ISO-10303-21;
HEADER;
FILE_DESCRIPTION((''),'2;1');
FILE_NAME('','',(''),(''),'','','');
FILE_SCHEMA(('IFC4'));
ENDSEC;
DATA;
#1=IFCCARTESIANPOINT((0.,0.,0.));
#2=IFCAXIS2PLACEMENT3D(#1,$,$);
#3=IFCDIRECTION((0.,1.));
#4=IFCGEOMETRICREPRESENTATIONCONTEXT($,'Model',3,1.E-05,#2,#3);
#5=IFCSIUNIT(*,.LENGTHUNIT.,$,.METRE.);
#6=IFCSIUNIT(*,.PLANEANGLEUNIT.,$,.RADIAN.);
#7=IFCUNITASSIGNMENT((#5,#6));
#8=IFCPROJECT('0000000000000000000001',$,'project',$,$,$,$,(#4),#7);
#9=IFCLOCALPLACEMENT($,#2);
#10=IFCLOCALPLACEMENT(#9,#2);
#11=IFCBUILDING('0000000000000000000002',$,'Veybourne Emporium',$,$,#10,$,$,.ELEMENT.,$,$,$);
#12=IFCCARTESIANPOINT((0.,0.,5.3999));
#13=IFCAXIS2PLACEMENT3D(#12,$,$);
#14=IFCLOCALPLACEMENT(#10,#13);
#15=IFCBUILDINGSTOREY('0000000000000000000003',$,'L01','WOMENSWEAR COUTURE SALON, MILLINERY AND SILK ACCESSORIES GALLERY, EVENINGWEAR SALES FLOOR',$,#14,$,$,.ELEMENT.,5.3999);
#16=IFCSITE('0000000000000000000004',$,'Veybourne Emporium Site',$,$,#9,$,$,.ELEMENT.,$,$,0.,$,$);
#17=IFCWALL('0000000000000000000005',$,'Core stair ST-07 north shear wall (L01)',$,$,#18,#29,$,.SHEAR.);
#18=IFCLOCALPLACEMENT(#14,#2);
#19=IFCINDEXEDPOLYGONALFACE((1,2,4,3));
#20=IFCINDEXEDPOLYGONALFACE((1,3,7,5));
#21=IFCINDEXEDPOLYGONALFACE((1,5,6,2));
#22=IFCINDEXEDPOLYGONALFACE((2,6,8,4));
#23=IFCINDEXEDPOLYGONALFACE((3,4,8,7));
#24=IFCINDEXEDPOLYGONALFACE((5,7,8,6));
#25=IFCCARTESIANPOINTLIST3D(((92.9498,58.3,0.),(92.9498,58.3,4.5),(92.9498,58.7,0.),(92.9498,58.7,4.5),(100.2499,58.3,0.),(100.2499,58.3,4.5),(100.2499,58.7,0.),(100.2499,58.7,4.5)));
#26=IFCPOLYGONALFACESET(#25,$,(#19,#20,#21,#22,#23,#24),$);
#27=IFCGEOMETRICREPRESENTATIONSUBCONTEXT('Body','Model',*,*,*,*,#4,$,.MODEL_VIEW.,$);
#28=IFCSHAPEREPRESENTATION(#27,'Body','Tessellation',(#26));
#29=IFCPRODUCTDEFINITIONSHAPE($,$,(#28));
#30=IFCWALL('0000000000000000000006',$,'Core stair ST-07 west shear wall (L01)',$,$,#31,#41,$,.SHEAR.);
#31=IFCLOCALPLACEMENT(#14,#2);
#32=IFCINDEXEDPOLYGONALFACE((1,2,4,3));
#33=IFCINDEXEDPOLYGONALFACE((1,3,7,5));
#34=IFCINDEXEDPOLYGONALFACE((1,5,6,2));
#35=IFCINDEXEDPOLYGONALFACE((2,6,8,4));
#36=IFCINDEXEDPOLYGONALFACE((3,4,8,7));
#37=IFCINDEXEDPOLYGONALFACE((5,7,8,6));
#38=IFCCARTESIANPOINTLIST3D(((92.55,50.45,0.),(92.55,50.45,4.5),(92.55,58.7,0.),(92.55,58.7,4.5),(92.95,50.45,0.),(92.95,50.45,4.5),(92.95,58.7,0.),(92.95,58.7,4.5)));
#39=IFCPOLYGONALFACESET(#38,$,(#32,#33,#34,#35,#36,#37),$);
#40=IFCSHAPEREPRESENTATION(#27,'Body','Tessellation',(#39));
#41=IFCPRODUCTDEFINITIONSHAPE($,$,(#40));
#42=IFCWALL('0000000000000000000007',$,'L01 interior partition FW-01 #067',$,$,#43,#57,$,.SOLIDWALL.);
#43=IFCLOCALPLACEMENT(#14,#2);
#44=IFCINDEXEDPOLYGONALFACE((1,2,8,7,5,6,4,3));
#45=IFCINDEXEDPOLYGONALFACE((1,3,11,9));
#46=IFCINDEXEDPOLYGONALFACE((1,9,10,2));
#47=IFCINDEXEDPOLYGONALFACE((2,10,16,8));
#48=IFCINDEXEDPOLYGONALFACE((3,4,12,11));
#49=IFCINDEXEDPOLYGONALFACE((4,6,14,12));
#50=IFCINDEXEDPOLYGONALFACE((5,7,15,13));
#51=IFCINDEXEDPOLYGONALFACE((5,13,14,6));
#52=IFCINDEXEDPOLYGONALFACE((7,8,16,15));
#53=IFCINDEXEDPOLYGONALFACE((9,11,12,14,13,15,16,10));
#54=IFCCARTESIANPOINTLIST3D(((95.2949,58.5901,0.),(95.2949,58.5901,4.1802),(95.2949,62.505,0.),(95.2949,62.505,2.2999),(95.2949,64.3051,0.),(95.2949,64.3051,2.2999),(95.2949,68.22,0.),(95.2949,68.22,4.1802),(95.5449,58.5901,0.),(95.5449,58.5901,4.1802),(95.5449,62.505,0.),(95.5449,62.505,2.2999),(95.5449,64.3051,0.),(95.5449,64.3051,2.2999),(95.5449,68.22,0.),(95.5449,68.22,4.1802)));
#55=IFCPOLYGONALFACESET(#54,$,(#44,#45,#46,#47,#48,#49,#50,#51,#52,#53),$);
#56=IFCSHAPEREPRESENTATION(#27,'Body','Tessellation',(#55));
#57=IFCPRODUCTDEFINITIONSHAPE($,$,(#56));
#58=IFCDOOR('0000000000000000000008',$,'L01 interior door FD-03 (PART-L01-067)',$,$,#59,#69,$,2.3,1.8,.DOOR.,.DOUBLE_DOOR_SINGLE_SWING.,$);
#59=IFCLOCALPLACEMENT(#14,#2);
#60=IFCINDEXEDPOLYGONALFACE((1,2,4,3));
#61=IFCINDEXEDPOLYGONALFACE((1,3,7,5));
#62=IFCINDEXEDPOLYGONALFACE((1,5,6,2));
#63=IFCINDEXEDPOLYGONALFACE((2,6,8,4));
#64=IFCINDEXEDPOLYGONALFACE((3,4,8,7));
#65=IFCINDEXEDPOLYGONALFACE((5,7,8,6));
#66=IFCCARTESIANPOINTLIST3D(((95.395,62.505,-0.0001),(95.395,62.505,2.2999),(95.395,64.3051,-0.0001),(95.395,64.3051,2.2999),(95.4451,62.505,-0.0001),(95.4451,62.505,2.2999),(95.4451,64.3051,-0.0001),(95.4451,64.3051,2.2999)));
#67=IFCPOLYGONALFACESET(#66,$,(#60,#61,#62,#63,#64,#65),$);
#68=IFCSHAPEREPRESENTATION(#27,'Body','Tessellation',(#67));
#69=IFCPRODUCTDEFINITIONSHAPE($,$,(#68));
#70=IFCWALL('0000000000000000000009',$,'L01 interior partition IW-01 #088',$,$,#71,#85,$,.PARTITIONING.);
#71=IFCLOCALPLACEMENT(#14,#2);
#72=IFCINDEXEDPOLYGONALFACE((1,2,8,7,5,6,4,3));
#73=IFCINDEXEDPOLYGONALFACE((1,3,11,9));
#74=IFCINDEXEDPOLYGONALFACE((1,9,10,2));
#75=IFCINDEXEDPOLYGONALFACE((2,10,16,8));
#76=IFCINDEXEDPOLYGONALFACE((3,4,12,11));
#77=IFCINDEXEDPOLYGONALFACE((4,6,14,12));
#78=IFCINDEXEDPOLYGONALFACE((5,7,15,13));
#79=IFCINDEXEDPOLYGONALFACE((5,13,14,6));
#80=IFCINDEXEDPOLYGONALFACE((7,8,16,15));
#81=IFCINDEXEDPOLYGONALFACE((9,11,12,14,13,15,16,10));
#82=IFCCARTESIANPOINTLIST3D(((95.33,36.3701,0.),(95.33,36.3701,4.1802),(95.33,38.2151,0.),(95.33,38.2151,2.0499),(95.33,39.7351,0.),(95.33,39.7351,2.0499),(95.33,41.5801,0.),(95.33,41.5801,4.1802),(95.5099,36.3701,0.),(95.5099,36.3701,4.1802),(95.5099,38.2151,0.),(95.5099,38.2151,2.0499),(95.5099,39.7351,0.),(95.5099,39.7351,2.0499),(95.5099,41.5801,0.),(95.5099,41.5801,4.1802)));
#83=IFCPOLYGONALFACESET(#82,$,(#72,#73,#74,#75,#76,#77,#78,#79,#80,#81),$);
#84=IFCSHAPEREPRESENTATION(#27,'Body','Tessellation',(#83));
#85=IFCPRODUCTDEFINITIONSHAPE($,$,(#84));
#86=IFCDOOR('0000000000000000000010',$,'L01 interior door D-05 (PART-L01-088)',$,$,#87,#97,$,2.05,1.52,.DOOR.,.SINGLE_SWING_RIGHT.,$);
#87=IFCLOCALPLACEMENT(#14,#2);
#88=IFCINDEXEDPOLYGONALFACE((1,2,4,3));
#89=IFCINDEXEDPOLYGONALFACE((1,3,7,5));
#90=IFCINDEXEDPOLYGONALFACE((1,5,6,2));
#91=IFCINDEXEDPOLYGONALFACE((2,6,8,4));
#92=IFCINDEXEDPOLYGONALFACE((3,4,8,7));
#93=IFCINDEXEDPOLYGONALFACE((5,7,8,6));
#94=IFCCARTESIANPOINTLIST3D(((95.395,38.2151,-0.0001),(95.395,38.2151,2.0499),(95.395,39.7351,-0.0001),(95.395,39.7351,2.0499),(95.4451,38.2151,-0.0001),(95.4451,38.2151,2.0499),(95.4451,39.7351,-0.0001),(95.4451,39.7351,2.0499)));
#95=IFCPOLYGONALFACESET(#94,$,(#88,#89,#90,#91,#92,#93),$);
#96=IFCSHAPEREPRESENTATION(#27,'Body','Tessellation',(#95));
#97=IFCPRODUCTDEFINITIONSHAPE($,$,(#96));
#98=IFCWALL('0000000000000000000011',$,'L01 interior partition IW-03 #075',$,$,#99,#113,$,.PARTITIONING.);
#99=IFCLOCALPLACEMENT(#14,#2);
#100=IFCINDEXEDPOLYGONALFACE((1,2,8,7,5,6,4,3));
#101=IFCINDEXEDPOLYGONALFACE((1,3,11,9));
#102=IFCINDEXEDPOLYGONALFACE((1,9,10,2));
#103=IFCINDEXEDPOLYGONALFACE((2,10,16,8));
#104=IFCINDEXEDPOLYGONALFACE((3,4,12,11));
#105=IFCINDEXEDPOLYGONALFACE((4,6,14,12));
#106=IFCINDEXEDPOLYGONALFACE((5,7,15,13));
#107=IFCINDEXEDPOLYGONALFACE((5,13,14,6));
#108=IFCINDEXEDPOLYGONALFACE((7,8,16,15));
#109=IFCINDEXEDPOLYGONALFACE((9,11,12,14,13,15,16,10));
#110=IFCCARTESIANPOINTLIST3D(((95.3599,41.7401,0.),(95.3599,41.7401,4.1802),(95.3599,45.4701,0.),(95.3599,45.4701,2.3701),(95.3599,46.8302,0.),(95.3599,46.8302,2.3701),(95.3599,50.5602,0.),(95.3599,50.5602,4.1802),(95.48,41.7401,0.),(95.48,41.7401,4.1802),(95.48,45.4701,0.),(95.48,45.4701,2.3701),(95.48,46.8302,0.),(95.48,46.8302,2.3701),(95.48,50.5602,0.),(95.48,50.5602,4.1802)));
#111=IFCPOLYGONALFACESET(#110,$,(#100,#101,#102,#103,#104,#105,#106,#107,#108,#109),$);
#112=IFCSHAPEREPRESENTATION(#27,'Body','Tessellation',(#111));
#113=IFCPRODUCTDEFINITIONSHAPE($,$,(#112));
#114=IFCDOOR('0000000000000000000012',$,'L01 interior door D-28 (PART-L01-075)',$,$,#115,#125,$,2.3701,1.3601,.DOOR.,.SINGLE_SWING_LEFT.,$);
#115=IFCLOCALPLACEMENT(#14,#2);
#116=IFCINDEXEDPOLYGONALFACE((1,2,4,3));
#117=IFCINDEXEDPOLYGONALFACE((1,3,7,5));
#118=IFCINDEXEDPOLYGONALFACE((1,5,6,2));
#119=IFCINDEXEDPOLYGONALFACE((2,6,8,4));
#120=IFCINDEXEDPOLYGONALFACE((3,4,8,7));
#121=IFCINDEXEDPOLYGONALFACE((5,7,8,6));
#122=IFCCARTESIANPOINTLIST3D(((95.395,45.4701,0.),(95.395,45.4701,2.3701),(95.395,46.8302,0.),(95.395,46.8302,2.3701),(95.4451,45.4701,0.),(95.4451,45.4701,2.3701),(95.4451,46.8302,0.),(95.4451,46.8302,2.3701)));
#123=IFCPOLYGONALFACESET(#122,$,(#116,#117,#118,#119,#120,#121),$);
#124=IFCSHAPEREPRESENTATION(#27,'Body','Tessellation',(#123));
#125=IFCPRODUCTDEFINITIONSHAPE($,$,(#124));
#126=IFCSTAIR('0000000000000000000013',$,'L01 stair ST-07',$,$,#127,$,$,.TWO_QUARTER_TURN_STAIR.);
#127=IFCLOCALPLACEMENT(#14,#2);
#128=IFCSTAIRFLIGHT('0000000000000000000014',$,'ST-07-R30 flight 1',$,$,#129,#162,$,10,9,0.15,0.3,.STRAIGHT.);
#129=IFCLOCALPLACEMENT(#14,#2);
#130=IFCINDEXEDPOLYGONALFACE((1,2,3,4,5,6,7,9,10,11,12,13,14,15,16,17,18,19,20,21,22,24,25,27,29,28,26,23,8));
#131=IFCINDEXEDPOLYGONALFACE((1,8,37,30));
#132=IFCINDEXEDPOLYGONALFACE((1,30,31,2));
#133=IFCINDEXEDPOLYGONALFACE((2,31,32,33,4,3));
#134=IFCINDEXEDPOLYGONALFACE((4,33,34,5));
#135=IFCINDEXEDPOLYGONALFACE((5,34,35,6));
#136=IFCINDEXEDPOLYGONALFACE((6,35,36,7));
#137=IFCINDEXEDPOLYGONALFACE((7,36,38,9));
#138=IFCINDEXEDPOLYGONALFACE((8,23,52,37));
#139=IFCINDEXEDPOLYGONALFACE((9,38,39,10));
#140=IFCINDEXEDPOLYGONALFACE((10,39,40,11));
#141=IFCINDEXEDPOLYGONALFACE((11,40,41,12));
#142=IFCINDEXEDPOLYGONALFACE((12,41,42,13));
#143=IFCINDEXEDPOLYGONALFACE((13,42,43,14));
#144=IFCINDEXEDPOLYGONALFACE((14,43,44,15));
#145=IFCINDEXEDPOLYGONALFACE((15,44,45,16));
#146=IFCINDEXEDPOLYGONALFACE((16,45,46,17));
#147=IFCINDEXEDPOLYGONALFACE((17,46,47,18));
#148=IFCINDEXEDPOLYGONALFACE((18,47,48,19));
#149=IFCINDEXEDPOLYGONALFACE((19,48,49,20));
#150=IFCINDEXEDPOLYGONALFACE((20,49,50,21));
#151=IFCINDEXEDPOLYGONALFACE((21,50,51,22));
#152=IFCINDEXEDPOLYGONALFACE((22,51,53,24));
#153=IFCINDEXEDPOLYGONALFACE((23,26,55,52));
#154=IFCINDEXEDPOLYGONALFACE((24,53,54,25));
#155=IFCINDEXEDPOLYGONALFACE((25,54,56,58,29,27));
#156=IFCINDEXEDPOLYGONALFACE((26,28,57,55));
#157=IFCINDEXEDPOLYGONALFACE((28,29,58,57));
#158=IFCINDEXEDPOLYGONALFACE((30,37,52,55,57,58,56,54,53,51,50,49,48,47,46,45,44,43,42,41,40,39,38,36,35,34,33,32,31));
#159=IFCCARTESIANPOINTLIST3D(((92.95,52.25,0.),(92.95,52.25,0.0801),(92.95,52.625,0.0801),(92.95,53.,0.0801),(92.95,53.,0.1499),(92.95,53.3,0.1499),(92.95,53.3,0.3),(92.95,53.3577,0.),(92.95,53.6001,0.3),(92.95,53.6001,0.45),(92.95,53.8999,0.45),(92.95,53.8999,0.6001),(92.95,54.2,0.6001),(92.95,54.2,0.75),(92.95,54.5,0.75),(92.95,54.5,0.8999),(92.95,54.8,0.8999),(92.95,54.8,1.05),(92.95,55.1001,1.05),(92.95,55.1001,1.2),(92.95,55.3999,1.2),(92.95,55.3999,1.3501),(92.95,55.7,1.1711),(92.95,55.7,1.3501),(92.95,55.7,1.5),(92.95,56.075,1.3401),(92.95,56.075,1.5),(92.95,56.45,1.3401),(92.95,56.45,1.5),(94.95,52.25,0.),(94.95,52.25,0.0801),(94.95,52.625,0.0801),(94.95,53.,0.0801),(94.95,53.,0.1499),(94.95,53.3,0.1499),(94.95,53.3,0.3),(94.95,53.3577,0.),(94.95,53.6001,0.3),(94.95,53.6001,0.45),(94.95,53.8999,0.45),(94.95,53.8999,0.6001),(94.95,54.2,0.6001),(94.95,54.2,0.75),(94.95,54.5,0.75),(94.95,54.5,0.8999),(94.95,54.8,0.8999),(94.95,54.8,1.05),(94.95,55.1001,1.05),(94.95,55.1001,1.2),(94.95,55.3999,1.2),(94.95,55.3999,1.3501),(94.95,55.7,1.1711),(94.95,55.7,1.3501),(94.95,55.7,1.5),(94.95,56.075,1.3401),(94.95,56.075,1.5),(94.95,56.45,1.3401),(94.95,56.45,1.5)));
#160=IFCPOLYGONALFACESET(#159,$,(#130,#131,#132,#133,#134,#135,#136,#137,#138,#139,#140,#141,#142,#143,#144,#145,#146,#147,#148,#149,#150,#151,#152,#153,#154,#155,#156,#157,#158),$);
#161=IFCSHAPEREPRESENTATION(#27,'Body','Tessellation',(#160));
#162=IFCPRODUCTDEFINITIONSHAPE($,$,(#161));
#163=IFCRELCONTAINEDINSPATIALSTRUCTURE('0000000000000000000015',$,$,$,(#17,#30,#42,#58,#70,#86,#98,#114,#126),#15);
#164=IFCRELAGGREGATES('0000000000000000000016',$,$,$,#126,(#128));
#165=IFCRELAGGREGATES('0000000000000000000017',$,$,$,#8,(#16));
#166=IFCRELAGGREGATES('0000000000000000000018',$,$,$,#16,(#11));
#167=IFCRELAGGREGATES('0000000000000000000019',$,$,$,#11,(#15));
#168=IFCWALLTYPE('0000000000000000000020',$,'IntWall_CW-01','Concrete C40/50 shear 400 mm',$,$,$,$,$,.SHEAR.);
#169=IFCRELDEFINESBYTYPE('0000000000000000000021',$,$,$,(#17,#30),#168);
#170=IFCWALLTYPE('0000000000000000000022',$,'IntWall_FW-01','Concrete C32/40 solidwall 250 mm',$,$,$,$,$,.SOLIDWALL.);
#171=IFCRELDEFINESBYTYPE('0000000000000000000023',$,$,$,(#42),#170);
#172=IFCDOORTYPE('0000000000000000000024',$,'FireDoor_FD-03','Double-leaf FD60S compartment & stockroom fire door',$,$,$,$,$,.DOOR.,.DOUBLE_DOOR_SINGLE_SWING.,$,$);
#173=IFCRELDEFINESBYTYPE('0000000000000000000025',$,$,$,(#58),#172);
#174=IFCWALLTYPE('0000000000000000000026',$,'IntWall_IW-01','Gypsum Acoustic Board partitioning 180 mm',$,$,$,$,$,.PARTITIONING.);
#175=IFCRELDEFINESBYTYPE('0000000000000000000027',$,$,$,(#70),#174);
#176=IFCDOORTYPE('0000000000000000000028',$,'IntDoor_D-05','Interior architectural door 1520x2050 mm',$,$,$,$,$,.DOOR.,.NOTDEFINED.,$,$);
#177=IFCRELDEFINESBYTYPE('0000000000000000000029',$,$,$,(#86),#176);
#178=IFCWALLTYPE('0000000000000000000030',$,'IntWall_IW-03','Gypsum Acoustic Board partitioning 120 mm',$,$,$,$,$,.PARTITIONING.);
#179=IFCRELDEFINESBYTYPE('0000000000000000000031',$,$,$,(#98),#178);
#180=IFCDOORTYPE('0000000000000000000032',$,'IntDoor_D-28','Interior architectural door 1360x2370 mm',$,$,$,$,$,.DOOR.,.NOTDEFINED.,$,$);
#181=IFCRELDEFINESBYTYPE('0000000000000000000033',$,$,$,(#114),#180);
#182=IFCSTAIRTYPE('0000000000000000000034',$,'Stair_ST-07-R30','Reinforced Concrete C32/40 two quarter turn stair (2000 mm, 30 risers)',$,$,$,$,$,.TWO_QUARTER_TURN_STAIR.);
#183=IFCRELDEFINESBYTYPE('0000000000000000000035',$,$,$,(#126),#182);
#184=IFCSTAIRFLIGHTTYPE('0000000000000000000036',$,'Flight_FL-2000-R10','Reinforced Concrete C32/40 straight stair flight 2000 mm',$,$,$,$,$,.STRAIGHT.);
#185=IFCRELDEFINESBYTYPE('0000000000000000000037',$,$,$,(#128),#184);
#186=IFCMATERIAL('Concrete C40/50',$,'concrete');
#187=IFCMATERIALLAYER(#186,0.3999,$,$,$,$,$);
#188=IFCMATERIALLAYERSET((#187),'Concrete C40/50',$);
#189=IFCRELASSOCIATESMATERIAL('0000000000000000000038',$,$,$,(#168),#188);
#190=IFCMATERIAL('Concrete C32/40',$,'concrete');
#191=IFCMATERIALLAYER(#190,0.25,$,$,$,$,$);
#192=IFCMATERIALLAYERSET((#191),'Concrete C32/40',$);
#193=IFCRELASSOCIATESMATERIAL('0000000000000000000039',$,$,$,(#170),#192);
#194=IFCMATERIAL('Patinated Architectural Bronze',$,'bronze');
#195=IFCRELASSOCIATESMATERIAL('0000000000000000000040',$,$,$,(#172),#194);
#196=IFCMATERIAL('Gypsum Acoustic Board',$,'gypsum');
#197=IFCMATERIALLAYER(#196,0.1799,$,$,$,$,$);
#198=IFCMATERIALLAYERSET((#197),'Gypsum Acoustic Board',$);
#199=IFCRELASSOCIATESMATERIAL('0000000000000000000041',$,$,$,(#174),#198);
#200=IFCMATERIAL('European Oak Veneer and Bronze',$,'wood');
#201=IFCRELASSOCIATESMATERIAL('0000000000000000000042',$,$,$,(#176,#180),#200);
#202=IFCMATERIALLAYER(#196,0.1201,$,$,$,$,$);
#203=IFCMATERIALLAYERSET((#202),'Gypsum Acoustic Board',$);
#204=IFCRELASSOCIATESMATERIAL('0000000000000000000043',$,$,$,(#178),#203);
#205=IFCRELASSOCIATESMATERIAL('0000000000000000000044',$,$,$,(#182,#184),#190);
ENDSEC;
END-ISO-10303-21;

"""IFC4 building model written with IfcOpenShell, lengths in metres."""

from ifc_helpers import new_model, si_unit, direction, frame, frame_2d, origin, place, context, subcontext, project, spatial, polyline, rectangle, outline, extrude, material, layer, layer_set, type_object, element, fill, aggregate, save


model = new_model("IFC4")

# Units and contexts
model_context = context("Model", 3, precision=1e-05, world=origin(), true_north=direction((0.0, 1.0)))
body_context = subcontext(model_context, "Body", "Model", "MODEL_VIEW")
ifc_project = project(units=[si_unit("LENGTHUNIT", "METRE"), si_unit("PLANEANGLEUNIT", "RADIAN")], contexts=[model_context])

# Site, building, storey
site_placement = place(None, origin())
site = spatial("IfcSite", under=ifc_project, at=site_placement, Name="Veybourne Emporium Site", CompositionType="ELEMENT", RefElevation=0.0)
building_placement = place(site_placement, origin())
building = spatial("IfcBuilding", under=site, at=building_placement, Name="Veybourne Emporium", CompositionType="ELEMENT")
storey_placement = place(building_placement, frame((0.0, 0.0, 5.3999)))
storey = spatial("IfcBuildingStorey", under=building, at=storey_placement, Name="L01", Description="WOMENSWEAR COUTURE SALON, MILLINERY AND SILK ACCESSORIES GALLERY, EVENINGWEAR SALES FLOOR", CompositionType="ELEMENT", Elevation=5.3999)

# Shared definitions
ifc_material_1 = material(Name="Concrete C40/50", Category="concrete")

# Shared definitions
ifc_material_2 = material(Name="Patinated Architectural Bronze", Category="bronze")

# Shared definitions
ifc_material_3 = material(Name="Concrete C32/40", Category="concrete")

# Walls
ifc_layer_1 = layer(ifc_material_1, 0.3999)
ifc_layer_set_1 = layer_set([ifc_layer_1], Name="Concrete C40/50")
wall_type_1 = type_object("IfcWallType", Name="IntWall_CW-01", Description="Concrete C40/50 shear 400 mm", PredefinedType="SHEAR", material=ifc_layer_set_1)
wall_1_placement = place(storey_placement, frame((92.95, 58.5, 0.0), z_axis=(0.0, 0.0, 1.0), x_axis=(1.0, 0.0, 0.0)))
element("IfcWall", 1, at=wall_1_placement, inside=storey, type_object=wall_type_1, Name="Core stair ST-07 north shear wall (L01)", PredefinedType="SHEAR", context=body_context, shape_type="SweptSolid", body=[
    extrude(rectangle(XDim=7.3, YDim=0.3999, at=frame_2d((3.6499, 0.0))), origin(), (0.0, 0.0, 1.0), 4.5),
])
wall_2_placement = place(storey_placement, frame((92.75, 58.7, 0.0), z_axis=(0.0, 0.0, 1.0), x_axis=(0.0, -1.0, 0.0)))
element("IfcWall", 2, at=wall_2_placement, inside=storey, type_object=wall_type_1, Name="Core stair ST-07 west shear wall (L01)", PredefinedType="SHEAR", context=body_context, shape_type="SweptSolid", body=[
    extrude(rectangle(XDim=8.25, YDim=0.3999, at=frame_2d((4.125, 0.0))), origin(), (0.0, 0.0, 1.0), 4.5),
])

# Walls, openings, doors
ifc_layer_2 = layer(ifc_material_3, 0.25)
ifc_layer_set_2 = layer_set([ifc_layer_2], Name="Concrete C32/40")
wall_type_2 = type_object("IfcWallType", Name="IntWall_FW-01", Description="Concrete C32/40 solidwall 250 mm", PredefinedType="SOLIDWALL", material=ifc_layer_set_2)
wall_3_placement = place(storey_placement, frame((95.4199, 58.5901, 0.0), z_axis=(0.0, 0.0, 1.0), x_axis=(0.0, 1.0, 0.0)))
wall_3 = element("IfcWall", 3, at=wall_3_placement, inside=storey, type_object=wall_type_2, Name="L01 interior partition FW-01 #067", PredefinedType="SOLIDWALL", context=body_context, shape_type="SweptSolid", body=[
    extrude(rectangle(XDim=9.6299, YDim=0.25, at=frame_2d((4.8149, 0.0))), origin(), (0.0, 0.0, 1.0), 4.1802),
])
opening_1_placement = place(wall_3_placement, frame((3.915, 0.0, 0.0)))
opening_1 = element("IfcOpeningElement", 4, at=opening_1_placement, cuts=wall_3, PredefinedType="OPENING", context=body_context, shape_type="SweptSolid", body=[
    extrude(rectangle(XDim=1.8, YDim=2.3, at=frame_2d((0.8999, 1.1499))), frame((0.0, 0.145, 0.0), z_axis=(0.0, -1.0, 0.0), x_axis=(1.0, 0.0, 0.0)), (0.0, 0.0, 1.0), 0.29),
])
door_type_1 = type_object("IfcDoorType", Name="FireDoor_FD-03", Description="Double-leaf FD60S compartment & stockroom fire door", OperationType="DOUBLE_DOOR_SINGLE_SWING", PredefinedType="DOOR", material=ifc_material_2)
door_1_placement = place(opening_1_placement, origin())
door_1 = element("IfcDoor", 5, at=door_1_placement, inside=storey, type_object=door_type_1, Name="L01 interior door FD-03 (PART-L01-067)", OperationType="DOUBLE_DOOR_SINGLE_SWING", OverallHeight=2.3, OverallWidth=1.8, PredefinedType="DOOR", context=body_context, shape_type="SweptSolid", body=[
    extrude(rectangle(XDim=1.8, YDim=2.3, at=frame_2d((0.8999, 1.1499))), frame((0.0, 0.0249, 0.0), z_axis=(0.0, -1.0, 0.0), x_axis=(1.0, 0.0, 0.0)), (0.0, 0.0, 1.0), 0.05),
])
fill(opening_1, door_1)
ifc_material_4 = material(Name="Gypsum Acoustic Board", Category="gypsum")
ifc_layer_3 = layer(ifc_material_4, 0.1799)
ifc_layer_set_3 = layer_set([ifc_layer_3], Name="Gypsum Acoustic Board")
wall_type_3 = type_object("IfcWallType", Name="IntWall_IW-01", Description="Gypsum Acoustic Board partitioning 180 mm", PredefinedType="PARTITIONING", material=ifc_layer_set_3)
wall_4_placement = place(storey_placement, frame((95.4199, 36.3701, 0.0), z_axis=(0.0, 0.0, 1.0), x_axis=(0.0, 1.0, 0.0)))
wall_4 = element("IfcWall", 6, at=wall_4_placement, inside=storey, type_object=wall_type_3, Name="L01 interior partition IW-01 #088", PredefinedType="PARTITIONING", context=body_context, shape_type="SweptSolid", body=[
    extrude(rectangle(XDim=5.21, YDim=0.1799, at=frame_2d((2.605, 0.0))), origin(), (0.0, 0.0, 1.0), 4.1802),
])
opening_2_placement = place(wall_4_placement, frame((1.845, 0.0, 0.0)))
opening_2 = element("IfcOpeningElement", 7, at=opening_2_placement, cuts=wall_4, PredefinedType="OPENING", context=body_context, shape_type="SweptSolid", body=[
    extrude(rectangle(XDim=1.52, YDim=2.05, at=frame_2d((0.76, 1.0249))), frame((0.0, 0.1099, 0.0), z_axis=(0.0, -1.0, 0.0), x_axis=(1.0, 0.0, 0.0)), (0.0, 0.0, 1.0), 0.22),
])
ifc_material_5 = material(Name="European Oak Veneer and Bronze", Category="wood")
door_type_2 = type_object("IfcDoorType", Name="IntDoor_D-05", Description="Interior architectural door 1520x2050 mm", OperationType="NOTDEFINED", PredefinedType="DOOR", material=ifc_material_5)
door_2_placement = place(opening_2_placement, origin())
door_2 = element("IfcDoor", 8, at=door_2_placement, inside=storey, type_object=door_type_2, Name="L01 interior door D-05 (PART-L01-088)", OperationType="SINGLE_SWING_RIGHT", OverallHeight=2.05, OverallWidth=1.52, PredefinedType="DOOR", context=body_context, shape_type="SweptSolid", body=[
    extrude(rectangle(XDim=1.52, YDim=2.05, at=frame_2d((0.76, 1.0249))), frame((0.0, 0.0249, 0.0), z_axis=(0.0, -1.0, 0.0), x_axis=(1.0, 0.0, 0.0)), (0.0, 0.0, 1.0), 0.05),
])
fill(opening_2, door_2)
ifc_layer_4 = layer(ifc_material_4, 0.1201)
ifc_layer_set_4 = layer_set([ifc_layer_4], Name="Gypsum Acoustic Board")
wall_type_4 = type_object("IfcWallType", Name="IntWall_IW-03", Description="Gypsum Acoustic Board partitioning 120 mm", PredefinedType="PARTITIONING", material=ifc_layer_set_4)
wall_5_placement = place(storey_placement, frame((95.4199, 41.74, 0.0), z_axis=(0.0, 0.0, 1.0), x_axis=(0.0, 1.0, 0.0)))
wall_5 = element("IfcWall", 9, at=wall_5_placement, inside=storey, type_object=wall_type_4, Name="L01 interior partition IW-03 #075", PredefinedType="PARTITIONING", context=body_context, shape_type="SweptSolid", body=[
    extrude(rectangle(XDim=8.8201, YDim=0.1201, at=frame_2d((4.4102, 0.0))), origin(), (0.0, 0.0, 1.0), 4.1802),
])
opening_3_placement = place(wall_5_placement, frame((3.73, 0.0, 0.0)))
opening_3 = element("IfcOpeningElement", 10, at=opening_3_placement, cuts=wall_5, PredefinedType="OPENING", context=body_context, shape_type="SweptSolid", body=[
    extrude(rectangle(XDim=1.3601, YDim=2.3701, at=frame_2d((0.6802, 1.1851))), frame((0.0, 0.0801, 0.0), z_axis=(0.0, -1.0, 0.0), x_axis=(1.0, 0.0, 0.0)), (0.0, 0.0, 1.0), 0.1602),
])
door_type_3 = type_object("IfcDoorType", Name="IntDoor_D-28", Description="Interior architectural door 1360x2370 mm", OperationType="NOTDEFINED", PredefinedType="DOOR", material=ifc_material_5)
door_3_placement = place(opening_3_placement, origin())
door_3 = element("IfcDoor", 11, at=door_3_placement, inside=storey, type_object=door_type_3, Name="L01 interior door D-28 (PART-L01-075)", OperationType="SINGLE_SWING_LEFT", OverallHeight=2.3701, OverallWidth=1.3601, PredefinedType="DOOR", context=body_context, shape_type="SweptSolid", body=[
    extrude(rectangle(XDim=1.3601, YDim=2.3701, at=frame_2d((0.6802, 1.1851))), frame((0.0, 0.0249, 0.0), z_axis=(0.0, -1.0, 0.0), x_axis=(1.0, 0.0, 0.0)), (0.0, 0.0, 1.0), 0.05),
])
fill(opening_3, door_3)

# Stair, stair flight
stair_type = type_object("IfcStairType", Name="Stair_ST-07-R30", Description="Reinforced Concrete C32/40 two quarter turn stair (2000 mm, 30 risers)", PredefinedType="TWO_QUARTER_TURN_STAIR", material=ifc_material_3)
stair_placement = place(storey_placement, origin())
stair = element("IfcStair", 12, at=stair_placement, inside=storey, type_object=stair_type, Name="L01 stair ST-07", PredefinedType="TWO_QUARTER_TURN_STAIR")
stair_flight_type = type_object("IfcStairFlightType", Name="Flight_FL-2000-R10", Description="Reinforced Concrete C32/40 straight stair flight 2000 mm", PredefinedType="STRAIGHT", material=ifc_material_3)
stair_flight_1_placement = place(storey_placement, frame((93.95, 53.0, 0.0), z_axis=(0.0, 0.0, 1.0), x_axis=(0.0, 1.0, 0.0)))
stair_flight_1 = element("IfcStairFlight", 13, at=stair_flight_1_placement, type_object=stair_flight_type, Name="ST-07-R30 flight 1", NumberOfRisers=10, NumberOfTreads=9, PredefinedType="STRAIGHT", RiserHeight=0.15, TreadLength=0.3, context=body_context, shape_type="SweptSolid", body=[
    extrude(outline(polyline([(-0.75, 0.0), (-0.75, 0.0801), (-0.375, 0.0801), (0.0, 0.0801), (0.0, 0.1499), (0.3, 0.1499), (0.3, 0.3), (0.6001, 0.3), (0.6001, 0.45), (0.8999, 0.45), (0.8999, 0.6001), (1.2, 0.6001), (1.2, 0.75), (1.5, 0.75), (1.5, 0.8999), (1.8, 0.8999), (1.8, 1.05), (2.1001, 1.05), (2.1001, 1.2), (2.3999, 1.2), (2.3999, 1.3501), (2.7, 1.3501), (2.7, 1.5), (3.075, 1.5), (3.45, 1.5), (3.45, 1.3401), (3.075, 1.3401), (2.7, 1.1711), (0.3577, 0.0), (-0.75, 0.0)])), frame((0.0, 1.0, 0.0), z_axis=(0.0, -1.0, 0.0), x_axis=(1.0, 0.0, 0.0)), (0.0, 0.0, 1.0), 2.0),
])
aggregate(stair, [stair_flight_1])

save(model, "model.ifc")
